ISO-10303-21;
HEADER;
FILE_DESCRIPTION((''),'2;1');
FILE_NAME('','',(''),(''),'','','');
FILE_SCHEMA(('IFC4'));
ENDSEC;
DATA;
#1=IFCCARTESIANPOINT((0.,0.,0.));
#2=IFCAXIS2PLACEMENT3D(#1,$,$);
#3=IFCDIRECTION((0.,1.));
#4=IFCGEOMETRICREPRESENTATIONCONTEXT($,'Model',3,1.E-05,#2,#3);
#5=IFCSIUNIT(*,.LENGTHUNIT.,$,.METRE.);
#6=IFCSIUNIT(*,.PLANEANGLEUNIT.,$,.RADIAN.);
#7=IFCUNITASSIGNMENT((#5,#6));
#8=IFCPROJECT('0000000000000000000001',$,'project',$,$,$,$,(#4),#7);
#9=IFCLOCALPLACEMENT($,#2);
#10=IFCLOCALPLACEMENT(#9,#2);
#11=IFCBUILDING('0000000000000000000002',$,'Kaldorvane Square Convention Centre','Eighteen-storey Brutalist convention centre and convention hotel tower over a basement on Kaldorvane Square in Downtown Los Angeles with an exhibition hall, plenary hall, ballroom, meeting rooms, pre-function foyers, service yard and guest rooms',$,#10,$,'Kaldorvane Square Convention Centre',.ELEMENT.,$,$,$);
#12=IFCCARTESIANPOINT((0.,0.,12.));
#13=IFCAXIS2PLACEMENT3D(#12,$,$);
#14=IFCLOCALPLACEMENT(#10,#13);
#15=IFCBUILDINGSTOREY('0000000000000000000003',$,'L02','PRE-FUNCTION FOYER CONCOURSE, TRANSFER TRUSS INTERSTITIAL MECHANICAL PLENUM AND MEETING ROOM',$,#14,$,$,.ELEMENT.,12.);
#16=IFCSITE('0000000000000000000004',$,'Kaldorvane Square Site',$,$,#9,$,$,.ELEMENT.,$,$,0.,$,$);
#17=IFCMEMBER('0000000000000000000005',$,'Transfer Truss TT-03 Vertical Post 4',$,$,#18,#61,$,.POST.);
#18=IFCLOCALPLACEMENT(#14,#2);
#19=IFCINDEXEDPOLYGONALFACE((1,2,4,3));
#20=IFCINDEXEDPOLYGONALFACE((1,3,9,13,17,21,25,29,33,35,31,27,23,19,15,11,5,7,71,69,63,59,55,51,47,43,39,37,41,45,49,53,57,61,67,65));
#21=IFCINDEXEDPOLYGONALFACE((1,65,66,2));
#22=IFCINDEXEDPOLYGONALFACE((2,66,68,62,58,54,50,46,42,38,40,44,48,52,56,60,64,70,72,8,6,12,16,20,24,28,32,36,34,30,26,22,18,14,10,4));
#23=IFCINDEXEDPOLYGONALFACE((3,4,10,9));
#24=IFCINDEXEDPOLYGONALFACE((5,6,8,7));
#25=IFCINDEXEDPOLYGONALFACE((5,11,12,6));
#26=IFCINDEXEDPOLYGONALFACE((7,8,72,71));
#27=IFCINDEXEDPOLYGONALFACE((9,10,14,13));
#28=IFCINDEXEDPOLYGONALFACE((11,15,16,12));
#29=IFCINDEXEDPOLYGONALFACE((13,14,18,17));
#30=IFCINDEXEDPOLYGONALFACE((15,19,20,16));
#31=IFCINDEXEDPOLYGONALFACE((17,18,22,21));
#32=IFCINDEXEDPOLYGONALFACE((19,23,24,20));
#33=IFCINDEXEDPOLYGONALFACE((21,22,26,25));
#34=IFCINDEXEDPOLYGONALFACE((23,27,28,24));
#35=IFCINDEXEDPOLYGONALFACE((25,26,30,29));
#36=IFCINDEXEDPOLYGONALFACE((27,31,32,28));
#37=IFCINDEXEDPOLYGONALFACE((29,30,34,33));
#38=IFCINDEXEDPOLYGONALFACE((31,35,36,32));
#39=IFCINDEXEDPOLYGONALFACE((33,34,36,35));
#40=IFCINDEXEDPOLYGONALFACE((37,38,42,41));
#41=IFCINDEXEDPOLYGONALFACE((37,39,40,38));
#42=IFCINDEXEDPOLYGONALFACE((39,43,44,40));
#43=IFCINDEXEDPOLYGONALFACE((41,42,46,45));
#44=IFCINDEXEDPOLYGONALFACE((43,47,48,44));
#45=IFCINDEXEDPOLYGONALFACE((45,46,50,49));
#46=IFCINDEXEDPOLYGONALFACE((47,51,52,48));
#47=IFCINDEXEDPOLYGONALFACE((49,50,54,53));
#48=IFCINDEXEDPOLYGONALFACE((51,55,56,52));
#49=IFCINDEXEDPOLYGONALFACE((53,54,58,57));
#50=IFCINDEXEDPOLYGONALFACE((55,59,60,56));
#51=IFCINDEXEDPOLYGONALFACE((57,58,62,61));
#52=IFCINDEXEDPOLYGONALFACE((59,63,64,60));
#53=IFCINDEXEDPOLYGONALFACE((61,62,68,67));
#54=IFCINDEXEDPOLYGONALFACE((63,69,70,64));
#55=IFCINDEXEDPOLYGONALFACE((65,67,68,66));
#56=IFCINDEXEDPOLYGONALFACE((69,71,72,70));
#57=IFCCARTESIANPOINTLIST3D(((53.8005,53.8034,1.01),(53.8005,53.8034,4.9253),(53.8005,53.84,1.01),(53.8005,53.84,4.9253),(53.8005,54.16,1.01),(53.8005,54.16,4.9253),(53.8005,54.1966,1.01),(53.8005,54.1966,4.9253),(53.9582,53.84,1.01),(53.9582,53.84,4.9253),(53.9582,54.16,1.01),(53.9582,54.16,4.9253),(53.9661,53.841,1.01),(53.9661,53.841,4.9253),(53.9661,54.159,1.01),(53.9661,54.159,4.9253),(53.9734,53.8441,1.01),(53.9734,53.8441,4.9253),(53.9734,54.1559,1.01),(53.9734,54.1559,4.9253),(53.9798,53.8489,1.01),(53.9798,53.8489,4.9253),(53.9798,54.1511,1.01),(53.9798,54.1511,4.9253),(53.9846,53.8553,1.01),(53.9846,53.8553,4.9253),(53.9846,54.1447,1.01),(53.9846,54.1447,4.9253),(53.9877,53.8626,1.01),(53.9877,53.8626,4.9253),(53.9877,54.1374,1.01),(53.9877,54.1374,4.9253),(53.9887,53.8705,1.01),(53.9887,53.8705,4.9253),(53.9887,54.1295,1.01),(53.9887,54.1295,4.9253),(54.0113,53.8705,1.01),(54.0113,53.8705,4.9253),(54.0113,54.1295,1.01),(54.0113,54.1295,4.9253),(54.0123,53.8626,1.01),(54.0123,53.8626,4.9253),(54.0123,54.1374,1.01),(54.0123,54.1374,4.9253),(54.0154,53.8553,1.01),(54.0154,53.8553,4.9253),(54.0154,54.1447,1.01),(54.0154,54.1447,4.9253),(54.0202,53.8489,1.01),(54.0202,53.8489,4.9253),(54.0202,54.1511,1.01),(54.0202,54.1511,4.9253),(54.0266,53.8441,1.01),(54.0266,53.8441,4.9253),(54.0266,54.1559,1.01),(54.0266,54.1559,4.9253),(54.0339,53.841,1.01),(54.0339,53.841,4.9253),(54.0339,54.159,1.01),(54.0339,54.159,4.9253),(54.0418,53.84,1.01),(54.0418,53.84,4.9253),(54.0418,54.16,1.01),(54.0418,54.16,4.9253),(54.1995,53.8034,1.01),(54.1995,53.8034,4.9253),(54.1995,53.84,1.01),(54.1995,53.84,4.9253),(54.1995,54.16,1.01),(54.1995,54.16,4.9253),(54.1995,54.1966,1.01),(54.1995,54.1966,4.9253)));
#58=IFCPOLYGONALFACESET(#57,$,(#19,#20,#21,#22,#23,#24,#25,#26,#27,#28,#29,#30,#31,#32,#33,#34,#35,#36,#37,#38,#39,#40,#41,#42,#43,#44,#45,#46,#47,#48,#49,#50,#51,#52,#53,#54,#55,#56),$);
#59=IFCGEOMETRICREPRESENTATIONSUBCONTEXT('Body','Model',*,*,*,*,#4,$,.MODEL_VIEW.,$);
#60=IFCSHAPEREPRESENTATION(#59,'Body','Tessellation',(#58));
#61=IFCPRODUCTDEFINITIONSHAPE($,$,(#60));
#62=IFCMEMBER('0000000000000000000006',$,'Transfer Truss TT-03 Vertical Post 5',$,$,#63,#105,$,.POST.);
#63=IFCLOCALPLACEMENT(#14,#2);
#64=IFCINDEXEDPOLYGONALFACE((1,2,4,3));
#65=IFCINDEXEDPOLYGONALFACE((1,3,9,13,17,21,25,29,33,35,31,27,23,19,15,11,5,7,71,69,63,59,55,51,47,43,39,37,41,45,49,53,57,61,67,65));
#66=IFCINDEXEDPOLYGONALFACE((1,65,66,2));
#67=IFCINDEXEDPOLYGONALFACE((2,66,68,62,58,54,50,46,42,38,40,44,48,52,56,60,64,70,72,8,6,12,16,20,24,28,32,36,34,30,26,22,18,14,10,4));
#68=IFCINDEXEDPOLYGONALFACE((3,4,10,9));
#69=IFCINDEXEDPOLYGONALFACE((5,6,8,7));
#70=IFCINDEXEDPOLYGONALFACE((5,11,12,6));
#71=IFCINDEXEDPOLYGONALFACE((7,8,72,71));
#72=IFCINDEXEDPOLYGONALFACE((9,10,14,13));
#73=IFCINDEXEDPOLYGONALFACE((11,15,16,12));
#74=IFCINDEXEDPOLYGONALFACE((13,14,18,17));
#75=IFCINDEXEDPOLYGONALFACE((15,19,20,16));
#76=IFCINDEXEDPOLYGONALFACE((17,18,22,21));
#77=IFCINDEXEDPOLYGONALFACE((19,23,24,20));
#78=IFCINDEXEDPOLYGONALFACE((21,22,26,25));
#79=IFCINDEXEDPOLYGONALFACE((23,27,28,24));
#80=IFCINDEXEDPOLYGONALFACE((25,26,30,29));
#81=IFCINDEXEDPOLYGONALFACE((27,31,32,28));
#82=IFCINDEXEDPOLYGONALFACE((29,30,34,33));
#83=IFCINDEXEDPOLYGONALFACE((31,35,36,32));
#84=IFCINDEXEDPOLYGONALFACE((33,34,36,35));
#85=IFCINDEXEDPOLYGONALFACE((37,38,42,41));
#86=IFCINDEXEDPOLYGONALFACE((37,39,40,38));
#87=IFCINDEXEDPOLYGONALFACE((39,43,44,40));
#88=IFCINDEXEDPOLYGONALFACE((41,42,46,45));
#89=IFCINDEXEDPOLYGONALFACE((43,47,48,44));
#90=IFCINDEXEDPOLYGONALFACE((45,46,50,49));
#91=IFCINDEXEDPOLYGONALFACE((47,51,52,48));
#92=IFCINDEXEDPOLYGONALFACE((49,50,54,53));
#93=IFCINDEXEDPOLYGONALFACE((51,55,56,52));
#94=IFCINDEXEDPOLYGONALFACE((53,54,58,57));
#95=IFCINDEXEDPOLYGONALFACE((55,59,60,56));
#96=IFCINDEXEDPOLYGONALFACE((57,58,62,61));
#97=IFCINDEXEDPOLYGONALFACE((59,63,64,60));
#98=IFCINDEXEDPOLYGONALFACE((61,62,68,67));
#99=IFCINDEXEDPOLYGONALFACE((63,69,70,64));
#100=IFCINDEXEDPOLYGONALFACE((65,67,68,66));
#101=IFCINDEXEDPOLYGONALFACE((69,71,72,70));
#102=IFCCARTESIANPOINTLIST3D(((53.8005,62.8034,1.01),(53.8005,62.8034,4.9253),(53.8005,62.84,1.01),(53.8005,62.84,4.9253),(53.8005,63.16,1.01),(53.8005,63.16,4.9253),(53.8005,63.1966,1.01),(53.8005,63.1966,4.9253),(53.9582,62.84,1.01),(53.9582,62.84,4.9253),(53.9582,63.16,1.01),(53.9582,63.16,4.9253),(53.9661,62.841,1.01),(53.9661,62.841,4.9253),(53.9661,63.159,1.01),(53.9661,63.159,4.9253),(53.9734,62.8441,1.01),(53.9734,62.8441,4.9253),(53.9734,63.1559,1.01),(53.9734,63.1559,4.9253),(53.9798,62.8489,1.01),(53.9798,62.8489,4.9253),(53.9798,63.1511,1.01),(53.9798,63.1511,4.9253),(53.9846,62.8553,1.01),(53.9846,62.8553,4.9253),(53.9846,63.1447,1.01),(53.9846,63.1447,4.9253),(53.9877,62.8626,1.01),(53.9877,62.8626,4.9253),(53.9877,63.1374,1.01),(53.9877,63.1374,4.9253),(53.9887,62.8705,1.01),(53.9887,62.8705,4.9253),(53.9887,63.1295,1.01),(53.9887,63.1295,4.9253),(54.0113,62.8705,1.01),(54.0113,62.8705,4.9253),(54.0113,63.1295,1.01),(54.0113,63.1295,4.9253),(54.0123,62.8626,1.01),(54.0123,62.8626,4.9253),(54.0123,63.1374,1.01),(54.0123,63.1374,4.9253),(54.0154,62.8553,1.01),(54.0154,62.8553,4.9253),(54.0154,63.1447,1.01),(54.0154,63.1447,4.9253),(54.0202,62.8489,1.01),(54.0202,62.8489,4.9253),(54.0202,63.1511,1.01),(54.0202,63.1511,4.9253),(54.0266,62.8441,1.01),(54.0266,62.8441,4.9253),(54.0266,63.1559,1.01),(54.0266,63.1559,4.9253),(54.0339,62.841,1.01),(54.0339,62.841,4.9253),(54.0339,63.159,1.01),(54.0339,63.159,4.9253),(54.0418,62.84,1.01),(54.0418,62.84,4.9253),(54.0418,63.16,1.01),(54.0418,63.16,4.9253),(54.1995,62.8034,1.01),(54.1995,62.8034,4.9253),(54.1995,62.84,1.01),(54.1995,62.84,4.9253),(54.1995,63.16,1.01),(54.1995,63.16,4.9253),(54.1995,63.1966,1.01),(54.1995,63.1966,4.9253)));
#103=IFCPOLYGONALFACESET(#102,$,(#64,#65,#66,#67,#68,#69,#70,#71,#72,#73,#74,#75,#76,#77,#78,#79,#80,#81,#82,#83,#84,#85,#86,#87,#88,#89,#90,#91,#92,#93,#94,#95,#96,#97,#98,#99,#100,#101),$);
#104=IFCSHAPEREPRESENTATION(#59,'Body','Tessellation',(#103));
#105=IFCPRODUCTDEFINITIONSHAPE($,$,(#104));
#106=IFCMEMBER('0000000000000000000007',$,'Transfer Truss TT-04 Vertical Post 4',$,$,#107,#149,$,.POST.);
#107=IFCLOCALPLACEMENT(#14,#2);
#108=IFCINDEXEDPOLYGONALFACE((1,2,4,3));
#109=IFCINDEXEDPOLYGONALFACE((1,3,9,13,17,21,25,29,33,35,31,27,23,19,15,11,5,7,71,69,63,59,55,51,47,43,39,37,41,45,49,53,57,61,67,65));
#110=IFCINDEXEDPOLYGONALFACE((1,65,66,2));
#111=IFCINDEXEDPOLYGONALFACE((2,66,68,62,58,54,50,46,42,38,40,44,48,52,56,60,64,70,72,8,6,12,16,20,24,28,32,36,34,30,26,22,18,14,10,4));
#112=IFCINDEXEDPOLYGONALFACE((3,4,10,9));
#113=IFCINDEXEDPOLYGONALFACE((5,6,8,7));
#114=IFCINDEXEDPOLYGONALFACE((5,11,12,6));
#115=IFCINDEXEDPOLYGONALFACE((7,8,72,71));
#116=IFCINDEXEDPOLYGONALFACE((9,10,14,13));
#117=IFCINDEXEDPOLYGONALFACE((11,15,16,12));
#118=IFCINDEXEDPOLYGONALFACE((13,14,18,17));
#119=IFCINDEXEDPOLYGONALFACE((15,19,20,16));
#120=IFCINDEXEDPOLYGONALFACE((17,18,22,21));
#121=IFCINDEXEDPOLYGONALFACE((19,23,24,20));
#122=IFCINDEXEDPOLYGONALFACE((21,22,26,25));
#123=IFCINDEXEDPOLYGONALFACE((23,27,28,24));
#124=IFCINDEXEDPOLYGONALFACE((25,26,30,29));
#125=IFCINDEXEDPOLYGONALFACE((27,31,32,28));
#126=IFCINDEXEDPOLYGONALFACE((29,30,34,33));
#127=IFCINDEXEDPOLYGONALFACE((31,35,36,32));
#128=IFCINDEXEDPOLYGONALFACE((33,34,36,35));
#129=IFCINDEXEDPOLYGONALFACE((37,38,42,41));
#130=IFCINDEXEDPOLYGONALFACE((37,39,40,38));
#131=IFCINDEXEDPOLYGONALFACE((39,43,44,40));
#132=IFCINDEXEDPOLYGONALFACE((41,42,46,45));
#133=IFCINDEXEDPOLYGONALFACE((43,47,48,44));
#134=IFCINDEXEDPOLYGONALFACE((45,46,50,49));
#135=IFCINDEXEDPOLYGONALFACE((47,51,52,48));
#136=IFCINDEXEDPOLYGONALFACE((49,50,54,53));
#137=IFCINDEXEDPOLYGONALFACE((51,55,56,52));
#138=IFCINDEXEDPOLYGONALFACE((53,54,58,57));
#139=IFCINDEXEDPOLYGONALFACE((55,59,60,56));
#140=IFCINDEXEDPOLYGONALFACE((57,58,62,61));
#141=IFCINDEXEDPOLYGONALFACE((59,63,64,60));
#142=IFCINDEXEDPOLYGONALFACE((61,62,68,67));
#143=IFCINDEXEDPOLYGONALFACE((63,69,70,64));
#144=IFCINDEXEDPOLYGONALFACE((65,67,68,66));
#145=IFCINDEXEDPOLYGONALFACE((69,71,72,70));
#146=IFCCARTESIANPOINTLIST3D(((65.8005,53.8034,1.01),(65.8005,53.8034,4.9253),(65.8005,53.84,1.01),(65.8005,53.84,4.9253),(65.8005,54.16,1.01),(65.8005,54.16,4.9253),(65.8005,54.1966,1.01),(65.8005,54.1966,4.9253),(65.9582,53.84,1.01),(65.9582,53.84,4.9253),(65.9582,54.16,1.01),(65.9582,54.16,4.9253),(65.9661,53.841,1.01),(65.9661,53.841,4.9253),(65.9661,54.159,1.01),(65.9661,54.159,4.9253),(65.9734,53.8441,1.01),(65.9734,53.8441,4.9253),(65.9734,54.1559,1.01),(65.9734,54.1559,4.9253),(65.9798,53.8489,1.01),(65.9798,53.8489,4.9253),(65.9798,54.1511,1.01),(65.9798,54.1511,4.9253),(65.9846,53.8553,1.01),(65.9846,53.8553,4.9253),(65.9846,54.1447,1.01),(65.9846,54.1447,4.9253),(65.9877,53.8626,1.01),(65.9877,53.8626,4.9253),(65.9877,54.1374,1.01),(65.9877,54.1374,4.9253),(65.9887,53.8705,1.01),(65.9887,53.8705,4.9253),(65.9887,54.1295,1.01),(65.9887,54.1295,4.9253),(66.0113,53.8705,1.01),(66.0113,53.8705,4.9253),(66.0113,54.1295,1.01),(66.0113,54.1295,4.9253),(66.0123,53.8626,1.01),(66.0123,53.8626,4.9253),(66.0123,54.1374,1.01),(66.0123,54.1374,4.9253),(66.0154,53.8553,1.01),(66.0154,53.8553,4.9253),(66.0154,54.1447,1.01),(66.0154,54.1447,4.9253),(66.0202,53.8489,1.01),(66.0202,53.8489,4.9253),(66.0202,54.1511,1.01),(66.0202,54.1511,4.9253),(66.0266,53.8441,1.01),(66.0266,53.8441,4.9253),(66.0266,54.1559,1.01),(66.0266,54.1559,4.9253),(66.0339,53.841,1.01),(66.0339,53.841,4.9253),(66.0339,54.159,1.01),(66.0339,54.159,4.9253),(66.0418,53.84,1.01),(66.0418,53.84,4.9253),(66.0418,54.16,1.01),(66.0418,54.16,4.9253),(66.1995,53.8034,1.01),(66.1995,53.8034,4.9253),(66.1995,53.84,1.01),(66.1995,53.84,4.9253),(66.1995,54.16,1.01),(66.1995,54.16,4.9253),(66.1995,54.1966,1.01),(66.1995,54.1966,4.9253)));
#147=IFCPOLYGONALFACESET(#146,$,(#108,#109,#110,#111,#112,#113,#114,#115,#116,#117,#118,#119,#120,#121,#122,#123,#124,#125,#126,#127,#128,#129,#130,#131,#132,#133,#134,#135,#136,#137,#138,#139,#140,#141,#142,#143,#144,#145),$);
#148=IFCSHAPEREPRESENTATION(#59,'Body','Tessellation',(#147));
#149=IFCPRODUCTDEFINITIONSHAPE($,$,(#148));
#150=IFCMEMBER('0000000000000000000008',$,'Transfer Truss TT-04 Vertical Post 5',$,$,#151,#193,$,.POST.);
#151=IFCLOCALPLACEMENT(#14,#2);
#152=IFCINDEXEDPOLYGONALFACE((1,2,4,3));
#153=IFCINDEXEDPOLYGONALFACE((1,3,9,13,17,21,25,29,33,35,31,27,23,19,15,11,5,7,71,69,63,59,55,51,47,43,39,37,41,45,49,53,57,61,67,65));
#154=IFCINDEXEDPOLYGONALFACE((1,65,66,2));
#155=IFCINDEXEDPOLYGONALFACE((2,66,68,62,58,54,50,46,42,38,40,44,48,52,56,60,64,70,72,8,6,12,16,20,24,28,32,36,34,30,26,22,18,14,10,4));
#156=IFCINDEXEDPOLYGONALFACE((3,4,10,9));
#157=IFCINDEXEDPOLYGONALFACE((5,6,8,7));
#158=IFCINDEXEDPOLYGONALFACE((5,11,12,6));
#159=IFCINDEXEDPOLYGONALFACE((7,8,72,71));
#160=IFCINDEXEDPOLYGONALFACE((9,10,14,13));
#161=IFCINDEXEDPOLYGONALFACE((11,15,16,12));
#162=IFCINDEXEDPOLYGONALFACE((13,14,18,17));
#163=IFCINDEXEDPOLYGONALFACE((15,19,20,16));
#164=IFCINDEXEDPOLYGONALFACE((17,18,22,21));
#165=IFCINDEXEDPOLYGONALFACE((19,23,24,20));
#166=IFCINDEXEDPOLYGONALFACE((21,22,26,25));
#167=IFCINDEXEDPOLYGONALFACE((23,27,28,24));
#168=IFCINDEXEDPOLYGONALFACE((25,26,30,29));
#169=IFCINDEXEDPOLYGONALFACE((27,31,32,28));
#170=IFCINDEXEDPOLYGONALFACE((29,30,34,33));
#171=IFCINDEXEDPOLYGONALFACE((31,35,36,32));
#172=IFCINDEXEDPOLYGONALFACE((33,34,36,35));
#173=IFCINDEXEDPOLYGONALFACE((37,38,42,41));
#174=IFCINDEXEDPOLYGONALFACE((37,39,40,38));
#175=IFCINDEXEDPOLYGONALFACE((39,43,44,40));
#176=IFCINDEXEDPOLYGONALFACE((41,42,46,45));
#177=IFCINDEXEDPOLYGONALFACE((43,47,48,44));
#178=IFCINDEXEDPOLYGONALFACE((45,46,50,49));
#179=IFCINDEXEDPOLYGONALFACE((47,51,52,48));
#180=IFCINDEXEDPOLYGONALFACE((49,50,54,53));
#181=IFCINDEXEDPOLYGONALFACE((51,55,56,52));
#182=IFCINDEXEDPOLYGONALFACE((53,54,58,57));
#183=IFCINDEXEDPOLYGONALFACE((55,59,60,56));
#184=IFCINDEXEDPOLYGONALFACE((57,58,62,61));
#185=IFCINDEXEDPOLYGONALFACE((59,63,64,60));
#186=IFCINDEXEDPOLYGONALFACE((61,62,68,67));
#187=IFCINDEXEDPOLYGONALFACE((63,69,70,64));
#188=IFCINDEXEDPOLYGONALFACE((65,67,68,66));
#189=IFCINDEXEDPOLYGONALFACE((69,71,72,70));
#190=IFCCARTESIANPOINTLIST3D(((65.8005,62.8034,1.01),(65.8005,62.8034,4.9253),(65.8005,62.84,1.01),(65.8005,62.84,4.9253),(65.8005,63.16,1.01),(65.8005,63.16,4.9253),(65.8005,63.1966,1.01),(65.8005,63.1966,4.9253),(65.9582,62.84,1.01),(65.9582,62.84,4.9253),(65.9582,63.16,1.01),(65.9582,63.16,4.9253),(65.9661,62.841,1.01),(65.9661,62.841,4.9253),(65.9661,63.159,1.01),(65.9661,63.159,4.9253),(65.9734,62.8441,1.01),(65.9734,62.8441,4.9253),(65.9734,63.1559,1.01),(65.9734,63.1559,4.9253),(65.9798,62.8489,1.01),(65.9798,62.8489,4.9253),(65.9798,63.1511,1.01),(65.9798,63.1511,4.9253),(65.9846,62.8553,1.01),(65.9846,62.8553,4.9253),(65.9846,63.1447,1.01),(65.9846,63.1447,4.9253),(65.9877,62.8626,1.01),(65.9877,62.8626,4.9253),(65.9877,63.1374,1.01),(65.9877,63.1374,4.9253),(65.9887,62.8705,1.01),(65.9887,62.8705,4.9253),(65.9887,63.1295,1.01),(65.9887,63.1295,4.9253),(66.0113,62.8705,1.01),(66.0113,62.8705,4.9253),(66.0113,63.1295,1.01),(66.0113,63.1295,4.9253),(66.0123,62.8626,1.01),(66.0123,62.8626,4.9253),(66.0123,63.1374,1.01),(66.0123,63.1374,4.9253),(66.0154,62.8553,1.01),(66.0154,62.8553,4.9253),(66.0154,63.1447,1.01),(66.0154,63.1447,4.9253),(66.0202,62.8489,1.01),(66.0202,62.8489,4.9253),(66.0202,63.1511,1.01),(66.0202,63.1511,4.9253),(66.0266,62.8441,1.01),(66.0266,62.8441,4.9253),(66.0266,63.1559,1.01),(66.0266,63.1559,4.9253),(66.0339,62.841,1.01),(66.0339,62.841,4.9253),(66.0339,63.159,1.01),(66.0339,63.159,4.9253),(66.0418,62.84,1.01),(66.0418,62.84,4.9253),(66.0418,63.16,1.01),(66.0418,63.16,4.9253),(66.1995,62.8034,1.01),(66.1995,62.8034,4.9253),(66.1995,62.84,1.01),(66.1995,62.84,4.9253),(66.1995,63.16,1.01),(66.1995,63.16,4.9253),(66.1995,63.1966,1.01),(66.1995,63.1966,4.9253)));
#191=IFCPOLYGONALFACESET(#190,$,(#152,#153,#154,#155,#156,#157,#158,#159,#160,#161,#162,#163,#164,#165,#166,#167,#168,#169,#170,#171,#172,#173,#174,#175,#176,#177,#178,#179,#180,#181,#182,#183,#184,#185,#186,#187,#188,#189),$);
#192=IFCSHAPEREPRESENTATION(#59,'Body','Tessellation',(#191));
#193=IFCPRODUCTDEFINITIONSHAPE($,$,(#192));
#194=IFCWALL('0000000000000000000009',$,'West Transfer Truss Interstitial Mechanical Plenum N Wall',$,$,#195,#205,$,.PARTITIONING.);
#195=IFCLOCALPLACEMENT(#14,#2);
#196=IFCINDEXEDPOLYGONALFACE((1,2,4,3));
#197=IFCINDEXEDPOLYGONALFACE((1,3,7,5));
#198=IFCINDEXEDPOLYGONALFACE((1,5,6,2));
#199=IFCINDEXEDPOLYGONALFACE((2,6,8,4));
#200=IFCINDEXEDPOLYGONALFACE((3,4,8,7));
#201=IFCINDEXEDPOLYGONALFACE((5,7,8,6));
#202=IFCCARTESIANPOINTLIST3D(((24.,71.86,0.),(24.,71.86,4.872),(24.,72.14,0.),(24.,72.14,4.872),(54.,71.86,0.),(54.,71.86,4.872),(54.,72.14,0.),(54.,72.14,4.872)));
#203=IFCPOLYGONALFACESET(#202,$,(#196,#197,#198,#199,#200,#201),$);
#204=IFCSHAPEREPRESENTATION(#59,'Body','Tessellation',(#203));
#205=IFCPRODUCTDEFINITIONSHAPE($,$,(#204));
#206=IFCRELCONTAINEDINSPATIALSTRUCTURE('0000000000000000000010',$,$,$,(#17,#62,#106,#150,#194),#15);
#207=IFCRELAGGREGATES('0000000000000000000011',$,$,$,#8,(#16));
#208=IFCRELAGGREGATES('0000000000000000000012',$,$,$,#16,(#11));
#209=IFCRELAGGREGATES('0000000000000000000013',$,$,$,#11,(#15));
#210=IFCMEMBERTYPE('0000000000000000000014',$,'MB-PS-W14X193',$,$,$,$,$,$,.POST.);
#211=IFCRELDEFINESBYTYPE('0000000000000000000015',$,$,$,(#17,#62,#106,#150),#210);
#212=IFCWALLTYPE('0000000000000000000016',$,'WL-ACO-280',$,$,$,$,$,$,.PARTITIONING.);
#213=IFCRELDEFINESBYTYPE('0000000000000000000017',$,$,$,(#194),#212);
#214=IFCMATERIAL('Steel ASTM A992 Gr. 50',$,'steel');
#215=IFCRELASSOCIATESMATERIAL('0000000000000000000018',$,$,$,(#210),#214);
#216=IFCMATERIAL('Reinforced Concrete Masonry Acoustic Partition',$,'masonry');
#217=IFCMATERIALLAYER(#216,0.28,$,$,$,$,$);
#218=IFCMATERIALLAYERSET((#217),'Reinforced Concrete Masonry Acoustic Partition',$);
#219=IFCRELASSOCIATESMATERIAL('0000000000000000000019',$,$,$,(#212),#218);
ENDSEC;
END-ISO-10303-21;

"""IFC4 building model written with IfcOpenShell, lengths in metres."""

from ifc_helpers import new_model, si_unit, direction, frame, frame_2d, origin, origin_2d, place, context, subcontext, project, spatial, rectangle, i_section, extrude, material, layer, layer_set, material_profile, profile_set, type_object, element, save


model = new_model("IFC4")

# Units and contexts
model_context = context("Model", 3, precision=1e-05, world=origin(), true_north=direction((0.0, 1.0)))
body_context = subcontext(model_context, "Body", "Model", "MODEL_VIEW")
ifc_project = project(units=[si_unit("LENGTHUNIT", "METRE"), si_unit("PLANEANGLEUNIT", "RADIAN")], contexts=[model_context])

# Site, building, storey
site_placement = place(None, origin())
site = spatial("IfcSite", under=ifc_project, at=site_placement, Name="Kaldorvane Square Site", CompositionType="ELEMENT", RefElevation=0.0)
building_placement = place(site_placement, origin())
building = spatial("IfcBuilding", under=site, at=building_placement, Name="Kaldorvane Square Convention Centre", Description="Eighteen-storey Brutalist convention centre and convention hotel tower over a basement on Kaldorvane Square in Downtown Los Angeles with an exhibition hall, plenary hall, ballroom, meeting rooms, pre-function foyers, service yard and guest rooms", LongName="Kaldorvane Square Convention Centre", CompositionType="ELEMENT")
storey_placement = place(building_placement, frame((0.0, 0.0, 12.0)))
storey = spatial("IfcBuildingStorey", under=building, at=storey_placement, Name="L02", Description="PRE-FUNCTION FOYER CONCOURSE, TRANSFER TRUSS INTERSTITIAL MECHANICAL PLENUM AND MEETING ROOM", CompositionType="ELEMENT", Elevation=12.0)

# Shared definitions
ifc_material_1 = material(Name="Steel ASTM A992 Gr. 50", Category="steel")

# Members
ifc_material_profile_1 = material_profile(ifc_material_1, i_section(OverallWidth=0.399, OverallDepth=0.3932, WebThickness=0.0226, FlangeThickness=0.0366, FilletRadius=0.0305, at=origin_2d()), Name="W14X193")
ifc_profile_set_1 = profile_set([ifc_material_profile_1], Name="Steel ASTM A992 Gr. 50")
member_type_1 = type_object("IfcMemberType", Name="MB-PS-W14X193", PredefinedType="POST", material=ifc_profile_set_1)
for number, where, z_axis, x_axis, name in (
    (1, (54.0, 54.0, 1.01), (0.0, 0.0, 1.0), (1.0, 0.0, 0.0), "Transfer Truss TT-03 Vertical Post 4"),
    (2, (54.0, 63.0, 1.01), (0.0, 0.0, 1.0), (1.0, 0.0, 0.0), "Transfer Truss TT-03 Vertical Post 5"),
    (3, (66.0, 54.0, 1.01), (0.0, 0.0, 1.0), (1.0, 0.0, 0.0), "Transfer Truss TT-04 Vertical Post 4"),
    (4, (66.0, 63.0, 1.01), (0.0, 0.0, 1.0), (1.0, 0.0, 0.0), "Transfer Truss TT-04 Vertical Post 5"),
):
    element("IfcMember", number, at=place(storey_placement, frame(where, z_axis=z_axis, x_axis=x_axis)), inside=storey, type_object=member_type_1, Name=name, PredefinedType="POST", context=body_context, shape_type="SweptSolid", body=[
        extrude(i_section(OverallWidth=0.399, OverallDepth=0.3932, WebThickness=0.0226, FlangeThickness=0.0366, FilletRadius=0.0305, at=origin_2d()), origin(), (0.0, 0.0, 1.0), 3.9153),
    ])

# Wall
ifc_material_2 = material(Name="Reinforced Concrete Masonry Acoustic Partition", Category="masonry")
ifc_layer_1 = layer(ifc_material_2, 0.28)
ifc_layer_set_1 = layer_set([ifc_layer_1], Name="Reinforced Concrete Masonry Acoustic Partition")
wall_type_1 = type_object("IfcWallType", Name="WL-ACO-280", PredefinedType="PARTITIONING", material=ifc_layer_set_1)
wall_1_placement = place(storey_placement, frame((54.0, 72.0, 0.0), z_axis=(0.0, 0.0, 1.0), x_axis=(-1.0, 0.0, 0.0)))
element("IfcWall", 5, at=wall_1_placement, inside=storey, type_object=wall_type_1, Name="West Transfer Truss Interstitial Mechanical Plenum N Wall", PredefinedType="PARTITIONING", context=body_context, shape_type="SweptSolid", body=[
    extrude(rectangle(XDim=30.0, YDim=0.28, at=frame_2d((15.0, 0.0))), origin(), (0.0, 0.0, 1.0), 4.872),
])

save(model, "model.ifc")
